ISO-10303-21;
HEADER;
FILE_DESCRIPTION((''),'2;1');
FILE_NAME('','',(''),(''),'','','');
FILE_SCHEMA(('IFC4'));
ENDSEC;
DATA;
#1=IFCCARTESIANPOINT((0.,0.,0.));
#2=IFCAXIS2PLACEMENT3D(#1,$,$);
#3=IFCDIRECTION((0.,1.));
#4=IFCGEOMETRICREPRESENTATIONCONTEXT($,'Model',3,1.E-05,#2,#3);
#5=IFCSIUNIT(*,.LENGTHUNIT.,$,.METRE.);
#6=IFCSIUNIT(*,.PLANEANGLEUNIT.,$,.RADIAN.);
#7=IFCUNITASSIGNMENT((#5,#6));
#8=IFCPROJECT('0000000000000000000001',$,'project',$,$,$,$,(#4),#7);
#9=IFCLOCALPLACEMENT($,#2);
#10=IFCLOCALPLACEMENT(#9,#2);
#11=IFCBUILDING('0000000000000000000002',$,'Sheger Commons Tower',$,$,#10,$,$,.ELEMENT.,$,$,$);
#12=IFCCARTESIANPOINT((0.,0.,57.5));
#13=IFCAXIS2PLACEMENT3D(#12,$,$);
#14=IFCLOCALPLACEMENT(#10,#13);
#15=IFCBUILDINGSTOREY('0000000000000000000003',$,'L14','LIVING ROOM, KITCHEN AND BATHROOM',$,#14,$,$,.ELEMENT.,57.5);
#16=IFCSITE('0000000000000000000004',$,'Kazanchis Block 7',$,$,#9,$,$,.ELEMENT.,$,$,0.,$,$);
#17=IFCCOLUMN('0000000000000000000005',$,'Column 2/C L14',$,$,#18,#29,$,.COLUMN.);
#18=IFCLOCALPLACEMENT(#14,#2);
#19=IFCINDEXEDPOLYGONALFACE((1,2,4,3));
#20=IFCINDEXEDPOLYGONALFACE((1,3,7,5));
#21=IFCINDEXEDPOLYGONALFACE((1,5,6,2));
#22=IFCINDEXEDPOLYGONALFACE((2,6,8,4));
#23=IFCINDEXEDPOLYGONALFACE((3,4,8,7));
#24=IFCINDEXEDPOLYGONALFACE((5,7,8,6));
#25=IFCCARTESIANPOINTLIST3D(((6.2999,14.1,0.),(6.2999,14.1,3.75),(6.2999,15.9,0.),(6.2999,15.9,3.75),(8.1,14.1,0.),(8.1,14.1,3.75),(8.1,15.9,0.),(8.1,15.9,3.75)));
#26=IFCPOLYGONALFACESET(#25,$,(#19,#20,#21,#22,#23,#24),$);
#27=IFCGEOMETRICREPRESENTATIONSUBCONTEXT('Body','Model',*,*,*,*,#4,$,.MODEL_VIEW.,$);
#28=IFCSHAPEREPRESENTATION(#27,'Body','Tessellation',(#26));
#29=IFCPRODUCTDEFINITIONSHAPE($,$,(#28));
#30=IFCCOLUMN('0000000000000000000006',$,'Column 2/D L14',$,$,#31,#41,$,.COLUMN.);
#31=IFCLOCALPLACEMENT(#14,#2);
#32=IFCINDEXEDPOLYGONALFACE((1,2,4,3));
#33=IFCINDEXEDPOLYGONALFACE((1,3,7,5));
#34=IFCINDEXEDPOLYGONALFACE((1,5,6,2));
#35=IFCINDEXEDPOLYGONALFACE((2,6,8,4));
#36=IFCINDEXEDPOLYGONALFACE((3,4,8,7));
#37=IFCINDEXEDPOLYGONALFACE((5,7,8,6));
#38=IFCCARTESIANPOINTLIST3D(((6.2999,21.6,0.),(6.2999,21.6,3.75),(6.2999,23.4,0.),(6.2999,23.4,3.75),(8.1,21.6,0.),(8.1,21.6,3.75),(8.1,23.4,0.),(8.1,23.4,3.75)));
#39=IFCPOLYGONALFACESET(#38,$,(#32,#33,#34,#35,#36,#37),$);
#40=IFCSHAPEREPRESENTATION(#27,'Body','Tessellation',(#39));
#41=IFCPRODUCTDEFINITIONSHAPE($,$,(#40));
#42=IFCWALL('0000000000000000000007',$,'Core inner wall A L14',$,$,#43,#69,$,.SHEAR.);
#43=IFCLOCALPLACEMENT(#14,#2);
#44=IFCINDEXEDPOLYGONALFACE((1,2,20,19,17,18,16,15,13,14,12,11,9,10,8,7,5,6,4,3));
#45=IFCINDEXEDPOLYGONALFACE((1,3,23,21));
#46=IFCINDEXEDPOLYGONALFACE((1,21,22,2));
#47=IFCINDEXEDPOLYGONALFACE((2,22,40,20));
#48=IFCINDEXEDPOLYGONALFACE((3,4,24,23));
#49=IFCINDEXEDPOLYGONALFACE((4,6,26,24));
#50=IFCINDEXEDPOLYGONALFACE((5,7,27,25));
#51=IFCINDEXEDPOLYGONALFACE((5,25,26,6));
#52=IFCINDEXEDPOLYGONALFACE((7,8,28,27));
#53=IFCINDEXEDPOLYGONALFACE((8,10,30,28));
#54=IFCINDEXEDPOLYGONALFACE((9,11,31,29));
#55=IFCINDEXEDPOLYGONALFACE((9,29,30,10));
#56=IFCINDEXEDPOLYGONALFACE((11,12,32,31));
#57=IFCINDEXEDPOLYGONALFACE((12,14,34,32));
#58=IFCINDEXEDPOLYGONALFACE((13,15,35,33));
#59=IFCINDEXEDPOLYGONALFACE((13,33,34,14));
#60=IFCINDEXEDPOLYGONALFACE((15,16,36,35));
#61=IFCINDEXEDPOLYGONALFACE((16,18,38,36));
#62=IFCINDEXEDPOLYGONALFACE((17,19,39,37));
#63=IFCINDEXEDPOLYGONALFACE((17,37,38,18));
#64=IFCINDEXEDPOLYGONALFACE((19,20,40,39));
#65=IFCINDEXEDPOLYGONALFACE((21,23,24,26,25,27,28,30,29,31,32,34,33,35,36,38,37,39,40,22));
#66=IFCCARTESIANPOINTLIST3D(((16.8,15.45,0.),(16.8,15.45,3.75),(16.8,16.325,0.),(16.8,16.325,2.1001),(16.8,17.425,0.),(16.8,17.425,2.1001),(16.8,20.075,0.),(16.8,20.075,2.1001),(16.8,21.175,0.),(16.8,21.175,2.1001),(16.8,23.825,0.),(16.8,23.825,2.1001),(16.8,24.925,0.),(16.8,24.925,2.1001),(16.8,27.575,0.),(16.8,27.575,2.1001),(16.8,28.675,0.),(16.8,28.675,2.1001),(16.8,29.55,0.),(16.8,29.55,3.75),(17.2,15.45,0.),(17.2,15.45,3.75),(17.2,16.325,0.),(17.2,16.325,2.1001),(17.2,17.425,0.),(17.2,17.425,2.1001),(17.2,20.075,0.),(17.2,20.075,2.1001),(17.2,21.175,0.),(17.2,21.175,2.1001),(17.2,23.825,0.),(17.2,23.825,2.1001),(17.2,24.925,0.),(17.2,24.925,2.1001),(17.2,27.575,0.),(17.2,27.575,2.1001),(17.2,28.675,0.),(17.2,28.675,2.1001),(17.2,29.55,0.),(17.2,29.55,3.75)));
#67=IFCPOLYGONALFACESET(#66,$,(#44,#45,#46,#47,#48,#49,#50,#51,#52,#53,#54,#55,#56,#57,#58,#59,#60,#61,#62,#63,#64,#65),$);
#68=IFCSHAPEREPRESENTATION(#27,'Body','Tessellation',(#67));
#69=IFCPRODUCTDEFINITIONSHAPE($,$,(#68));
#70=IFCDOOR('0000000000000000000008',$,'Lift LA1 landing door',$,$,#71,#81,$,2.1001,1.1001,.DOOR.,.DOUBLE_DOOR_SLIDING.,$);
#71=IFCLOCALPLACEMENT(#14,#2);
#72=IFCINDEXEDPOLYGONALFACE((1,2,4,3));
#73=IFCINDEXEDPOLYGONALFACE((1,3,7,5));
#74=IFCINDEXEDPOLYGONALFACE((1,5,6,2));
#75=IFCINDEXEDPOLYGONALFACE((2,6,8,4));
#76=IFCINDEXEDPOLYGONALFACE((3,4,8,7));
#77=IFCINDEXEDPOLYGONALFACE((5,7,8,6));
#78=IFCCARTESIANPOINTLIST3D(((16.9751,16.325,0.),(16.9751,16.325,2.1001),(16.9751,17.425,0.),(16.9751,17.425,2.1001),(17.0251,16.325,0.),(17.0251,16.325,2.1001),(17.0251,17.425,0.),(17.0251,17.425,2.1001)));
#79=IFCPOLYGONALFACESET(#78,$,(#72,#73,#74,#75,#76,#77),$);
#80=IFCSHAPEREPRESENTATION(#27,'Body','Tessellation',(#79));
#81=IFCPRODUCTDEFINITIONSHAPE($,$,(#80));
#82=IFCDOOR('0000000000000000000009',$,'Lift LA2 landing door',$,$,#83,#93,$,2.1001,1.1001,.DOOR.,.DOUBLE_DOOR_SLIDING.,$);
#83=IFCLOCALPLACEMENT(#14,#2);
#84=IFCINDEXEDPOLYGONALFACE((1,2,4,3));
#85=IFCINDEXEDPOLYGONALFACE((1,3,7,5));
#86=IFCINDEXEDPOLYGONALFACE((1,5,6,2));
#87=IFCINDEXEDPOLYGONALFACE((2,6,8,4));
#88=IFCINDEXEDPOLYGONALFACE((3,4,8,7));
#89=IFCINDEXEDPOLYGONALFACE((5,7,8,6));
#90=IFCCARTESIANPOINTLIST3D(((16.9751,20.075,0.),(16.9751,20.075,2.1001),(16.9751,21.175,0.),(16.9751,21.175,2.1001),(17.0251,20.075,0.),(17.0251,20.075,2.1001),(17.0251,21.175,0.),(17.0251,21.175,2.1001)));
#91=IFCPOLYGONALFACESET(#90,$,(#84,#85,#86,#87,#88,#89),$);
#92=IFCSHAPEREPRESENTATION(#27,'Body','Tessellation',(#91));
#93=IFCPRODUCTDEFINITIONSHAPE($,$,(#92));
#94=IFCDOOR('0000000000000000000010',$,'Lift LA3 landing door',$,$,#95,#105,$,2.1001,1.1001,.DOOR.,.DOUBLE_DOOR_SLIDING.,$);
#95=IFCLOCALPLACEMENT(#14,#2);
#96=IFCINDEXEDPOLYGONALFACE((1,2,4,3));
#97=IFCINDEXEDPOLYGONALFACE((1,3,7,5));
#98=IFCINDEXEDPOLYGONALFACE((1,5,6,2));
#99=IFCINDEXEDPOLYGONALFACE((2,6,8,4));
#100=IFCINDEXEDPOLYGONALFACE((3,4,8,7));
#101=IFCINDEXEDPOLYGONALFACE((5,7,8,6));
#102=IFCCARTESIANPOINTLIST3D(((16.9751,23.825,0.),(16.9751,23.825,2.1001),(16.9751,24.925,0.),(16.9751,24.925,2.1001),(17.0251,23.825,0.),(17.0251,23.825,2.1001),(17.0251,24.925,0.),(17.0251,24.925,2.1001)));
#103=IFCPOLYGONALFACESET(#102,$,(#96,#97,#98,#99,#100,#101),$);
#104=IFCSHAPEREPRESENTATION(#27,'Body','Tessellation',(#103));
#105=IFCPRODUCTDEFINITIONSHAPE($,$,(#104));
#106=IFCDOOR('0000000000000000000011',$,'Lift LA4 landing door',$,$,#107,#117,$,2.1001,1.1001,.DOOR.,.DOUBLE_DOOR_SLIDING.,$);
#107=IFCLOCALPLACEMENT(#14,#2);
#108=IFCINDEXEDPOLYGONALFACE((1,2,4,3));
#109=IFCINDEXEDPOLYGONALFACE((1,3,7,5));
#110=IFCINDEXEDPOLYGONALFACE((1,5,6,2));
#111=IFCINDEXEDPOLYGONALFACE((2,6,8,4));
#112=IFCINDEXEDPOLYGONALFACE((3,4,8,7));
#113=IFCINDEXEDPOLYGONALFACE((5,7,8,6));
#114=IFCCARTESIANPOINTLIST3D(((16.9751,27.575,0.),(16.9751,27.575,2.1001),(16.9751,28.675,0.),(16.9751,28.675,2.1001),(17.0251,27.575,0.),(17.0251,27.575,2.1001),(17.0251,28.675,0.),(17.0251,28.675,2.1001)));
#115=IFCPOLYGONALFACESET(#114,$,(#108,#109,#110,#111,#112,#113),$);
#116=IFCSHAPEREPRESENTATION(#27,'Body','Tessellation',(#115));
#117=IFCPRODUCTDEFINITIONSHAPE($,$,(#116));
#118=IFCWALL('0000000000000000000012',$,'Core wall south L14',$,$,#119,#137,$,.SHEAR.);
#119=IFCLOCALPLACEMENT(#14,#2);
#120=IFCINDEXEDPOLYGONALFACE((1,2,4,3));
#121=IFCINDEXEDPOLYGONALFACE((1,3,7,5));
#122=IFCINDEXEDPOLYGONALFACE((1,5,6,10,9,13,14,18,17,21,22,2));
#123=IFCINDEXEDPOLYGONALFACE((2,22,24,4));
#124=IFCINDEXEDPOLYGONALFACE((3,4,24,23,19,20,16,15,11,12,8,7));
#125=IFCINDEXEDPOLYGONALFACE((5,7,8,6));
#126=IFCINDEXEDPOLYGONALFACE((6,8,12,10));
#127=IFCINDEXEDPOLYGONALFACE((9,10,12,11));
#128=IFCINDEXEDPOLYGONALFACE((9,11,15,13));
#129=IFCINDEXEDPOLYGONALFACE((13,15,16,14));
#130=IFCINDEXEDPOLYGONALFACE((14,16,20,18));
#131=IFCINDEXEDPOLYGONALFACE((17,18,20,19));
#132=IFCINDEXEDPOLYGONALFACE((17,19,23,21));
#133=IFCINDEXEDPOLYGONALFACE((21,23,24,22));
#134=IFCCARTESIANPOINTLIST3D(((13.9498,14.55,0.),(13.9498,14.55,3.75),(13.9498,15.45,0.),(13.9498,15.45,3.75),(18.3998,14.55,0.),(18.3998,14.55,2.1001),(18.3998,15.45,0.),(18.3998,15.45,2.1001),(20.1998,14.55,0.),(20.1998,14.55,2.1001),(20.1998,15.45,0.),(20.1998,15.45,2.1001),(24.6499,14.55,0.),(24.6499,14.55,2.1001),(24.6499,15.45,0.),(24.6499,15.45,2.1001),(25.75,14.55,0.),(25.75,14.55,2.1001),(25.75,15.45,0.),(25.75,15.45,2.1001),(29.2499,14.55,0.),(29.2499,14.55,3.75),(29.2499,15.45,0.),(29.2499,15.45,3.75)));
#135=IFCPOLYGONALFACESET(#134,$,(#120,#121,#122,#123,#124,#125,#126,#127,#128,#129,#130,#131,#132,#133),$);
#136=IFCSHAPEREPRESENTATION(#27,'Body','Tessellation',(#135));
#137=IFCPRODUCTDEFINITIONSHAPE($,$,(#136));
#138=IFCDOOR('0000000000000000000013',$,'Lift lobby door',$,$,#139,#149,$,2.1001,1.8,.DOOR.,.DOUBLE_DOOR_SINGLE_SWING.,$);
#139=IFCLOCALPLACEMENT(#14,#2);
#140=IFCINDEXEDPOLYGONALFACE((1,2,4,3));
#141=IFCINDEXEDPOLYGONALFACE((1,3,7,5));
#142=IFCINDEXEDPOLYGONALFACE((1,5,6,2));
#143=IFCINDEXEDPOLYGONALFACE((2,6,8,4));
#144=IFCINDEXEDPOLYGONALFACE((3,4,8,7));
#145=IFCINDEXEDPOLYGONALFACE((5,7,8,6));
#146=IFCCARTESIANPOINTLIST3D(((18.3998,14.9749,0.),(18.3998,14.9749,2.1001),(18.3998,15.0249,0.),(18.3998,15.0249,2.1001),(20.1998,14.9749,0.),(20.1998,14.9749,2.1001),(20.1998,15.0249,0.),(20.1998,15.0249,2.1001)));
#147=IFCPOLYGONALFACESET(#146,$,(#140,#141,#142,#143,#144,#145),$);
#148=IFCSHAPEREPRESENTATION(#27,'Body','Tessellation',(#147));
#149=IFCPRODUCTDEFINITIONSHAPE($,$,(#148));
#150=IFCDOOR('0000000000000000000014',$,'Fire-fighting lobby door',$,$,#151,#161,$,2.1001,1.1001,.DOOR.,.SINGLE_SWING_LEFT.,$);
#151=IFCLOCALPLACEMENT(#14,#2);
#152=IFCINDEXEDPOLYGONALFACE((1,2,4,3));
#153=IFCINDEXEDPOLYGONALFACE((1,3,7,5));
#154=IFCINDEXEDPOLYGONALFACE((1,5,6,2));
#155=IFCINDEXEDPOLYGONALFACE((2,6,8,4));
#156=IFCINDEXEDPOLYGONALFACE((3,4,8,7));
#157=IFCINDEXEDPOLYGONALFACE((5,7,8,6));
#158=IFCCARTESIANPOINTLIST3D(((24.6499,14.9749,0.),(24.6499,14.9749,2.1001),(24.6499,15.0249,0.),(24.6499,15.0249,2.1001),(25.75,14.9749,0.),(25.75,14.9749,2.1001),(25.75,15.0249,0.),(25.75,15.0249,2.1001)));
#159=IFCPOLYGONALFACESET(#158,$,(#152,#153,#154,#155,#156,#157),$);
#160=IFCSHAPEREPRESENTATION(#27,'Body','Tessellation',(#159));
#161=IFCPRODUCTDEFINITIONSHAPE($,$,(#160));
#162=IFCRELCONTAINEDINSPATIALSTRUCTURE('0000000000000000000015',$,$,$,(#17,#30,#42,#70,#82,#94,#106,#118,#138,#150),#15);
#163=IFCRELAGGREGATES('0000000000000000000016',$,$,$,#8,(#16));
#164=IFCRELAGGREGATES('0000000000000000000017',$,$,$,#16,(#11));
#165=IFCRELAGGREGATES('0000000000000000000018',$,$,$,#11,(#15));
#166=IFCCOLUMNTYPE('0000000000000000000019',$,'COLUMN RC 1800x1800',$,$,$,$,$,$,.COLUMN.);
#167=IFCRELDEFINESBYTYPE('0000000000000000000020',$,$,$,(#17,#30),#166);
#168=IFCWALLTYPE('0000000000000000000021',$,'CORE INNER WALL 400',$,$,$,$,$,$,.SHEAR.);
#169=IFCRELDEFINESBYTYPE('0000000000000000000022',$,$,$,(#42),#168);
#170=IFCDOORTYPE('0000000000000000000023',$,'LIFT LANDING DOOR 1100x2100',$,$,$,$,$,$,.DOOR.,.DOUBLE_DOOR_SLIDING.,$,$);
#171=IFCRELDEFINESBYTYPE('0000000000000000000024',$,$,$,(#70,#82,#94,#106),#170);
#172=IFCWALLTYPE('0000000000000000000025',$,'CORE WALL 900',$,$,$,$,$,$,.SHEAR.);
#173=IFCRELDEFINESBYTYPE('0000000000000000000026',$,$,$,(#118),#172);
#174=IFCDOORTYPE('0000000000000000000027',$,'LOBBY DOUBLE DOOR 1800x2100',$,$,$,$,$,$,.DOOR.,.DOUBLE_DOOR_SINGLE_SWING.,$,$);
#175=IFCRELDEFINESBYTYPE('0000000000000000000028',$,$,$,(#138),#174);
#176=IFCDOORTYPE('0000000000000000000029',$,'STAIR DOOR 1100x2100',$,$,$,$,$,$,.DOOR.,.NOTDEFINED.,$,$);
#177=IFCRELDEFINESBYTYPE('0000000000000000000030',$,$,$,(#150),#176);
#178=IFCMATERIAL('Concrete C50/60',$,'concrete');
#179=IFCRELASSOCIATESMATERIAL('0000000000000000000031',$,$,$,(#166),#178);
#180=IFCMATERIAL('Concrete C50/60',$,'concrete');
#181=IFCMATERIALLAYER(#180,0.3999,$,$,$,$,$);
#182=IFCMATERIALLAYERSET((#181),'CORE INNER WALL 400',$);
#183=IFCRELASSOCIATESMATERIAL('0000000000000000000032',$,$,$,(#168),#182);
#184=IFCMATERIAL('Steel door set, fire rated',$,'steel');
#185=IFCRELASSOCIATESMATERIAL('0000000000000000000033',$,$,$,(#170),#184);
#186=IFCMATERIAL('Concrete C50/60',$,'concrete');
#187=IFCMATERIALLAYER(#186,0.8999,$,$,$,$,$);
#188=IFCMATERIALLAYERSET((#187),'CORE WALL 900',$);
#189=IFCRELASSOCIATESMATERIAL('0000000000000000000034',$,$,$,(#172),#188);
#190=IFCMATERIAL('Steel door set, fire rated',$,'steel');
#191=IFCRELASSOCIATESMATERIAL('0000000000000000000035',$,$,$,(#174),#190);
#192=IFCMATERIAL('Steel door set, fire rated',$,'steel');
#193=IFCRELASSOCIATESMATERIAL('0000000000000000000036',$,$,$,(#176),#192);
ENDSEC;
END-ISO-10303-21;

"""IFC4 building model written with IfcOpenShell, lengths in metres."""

from ifc_helpers import new_model, si_unit, direction, frame, frame_2d, origin, origin_2d, place, context, subcontext, project, spatial, rectangle, extrude, material, layer, layer_set, material_profile, profile_set, type_object, element, fill, save


model = new_model("IFC4")

# Units and contexts
model_context = context("Model", 3, precision=1e-05, world=origin(), true_north=direction((0.0, 1.0)))
body_context = subcontext(model_context, "Body", "Model", "MODEL_VIEW")
ifc_project = project(units=[si_unit("LENGTHUNIT", "METRE"), si_unit("PLANEANGLEUNIT", "RADIAN")], contexts=[model_context])

# Site, building, storey
site_placement = place(None, origin())
site = spatial("IfcSite", under=ifc_project, at=site_placement, Name="Kazanchis Block 7", CompositionType="ELEMENT", RefElevation=0.0)
building_placement = place(site_placement, origin())
building = spatial("IfcBuilding", under=site, at=building_placement, Name="Sheger Commons Tower", CompositionType="ELEMENT")
storey_placement = place(building_placement, frame((0.0, 0.0, 57.5)))
storey = spatial("IfcBuildingStorey", under=building, at=storey_placement, Name="L14", Description="LIVING ROOM, KITCHEN AND BATHROOM", CompositionType="ELEMENT", Elevation=57.5)

# Columns
ifc_material_1 = material(Name="Concrete C50/60", Category="concrete")
ifc_material_profile = material_profile(ifc_material_1, rectangle(XDim=1.8, YDim=1.8, at=origin_2d()), Name="RC 1800x1800")
ifc_profile_set = profile_set([ifc_material_profile], Name="Concrete C50/60")
column_type = type_object("IfcColumnType", Name="COLUMN RC 1800x1800", PredefinedType="COLUMN", material=ifc_profile_set)
for number, where, z_axis, x_axis, name in (
    (1, (7.2, 15.0, 0.0), (0.0, 0.0, 1.0), (1.0, 0.0, 0.0), "Column 2/C L14"),
    (2, (7.2, 22.5, 0.0), (0.0, 0.0, 1.0), (1.0, 0.0, 0.0), "Column 2/D L14"),
):
    element("IfcColumn", number, at=place(storey_placement, frame(where, z_axis=z_axis, x_axis=x_axis)), inside=storey, type_object=column_type, Name=name, PredefinedType="COLUMN", context=body_context, shape_type="SweptSolid", body=[
        extrude(rectangle(XDim=1.8, YDim=1.8, at=origin_2d()), origin(), (0.0, 0.0, 1.0), 3.75),
    ])

# Walls, openings, doors
ifc_material_2 = material(Name="Concrete C50/60", Category="concrete")
ifc_layer_1 = layer(ifc_material_2, 0.3999)
ifc_layer_set_1 = layer_set([ifc_layer_1], Name="CORE INNER WALL 400")
wall_type_1 = type_object("IfcWallType", Name="CORE INNER WALL 400", PredefinedType="SHEAR", material=ifc_layer_set_1)
wall_1_placement = place(storey_placement, frame((17.0, 15.45, 0.0), z_axis=(0.0, 0.0, 1.0), x_axis=(0.0, 1.0, 0.0)))
wall_1 = element("IfcWall", 3, at=wall_1_placement, inside=storey, type_object=wall_type_1, Name="Core inner wall A L14", PredefinedType="SHEAR", context=body_context, shape_type="SweptSolid", body=[
    extrude(rectangle(XDim=14.1001, YDim=0.3999, at=frame_2d((7.05, 0.0))), origin(), (0.0, 0.0, 1.0), 3.75),
])
opening_1_placement = place(wall_1_placement, frame((0.875, 0.0, 0.0)))
opening_1 = element("IfcOpeningElement", 4, at=opening_1_placement, cuts=wall_1, PredefinedType="OPENING", context=body_context, shape_type="SweptSolid", body=[
    extrude(rectangle(XDim=1.1001, YDim=2.1001, at=frame_2d((0.55, 1.05))), frame((0.0, 0.21, 0.0), z_axis=(0.0, -1.0, 0.0), x_axis=(1.0, 0.0, 0.0)), (0.0, 0.0, 1.0), 0.4199),
])
opening_2_placement = place(wall_1_placement, frame((4.625, 0.0, 0.0)))
opening_2 = element("IfcOpeningElement", 5, at=opening_2_placement, cuts=wall_1, PredefinedType="OPENING", context=body_context, shape_type="SweptSolid", body=[
    extrude(rectangle(XDim=1.1001, YDim=2.1001, at=frame_2d((0.55, 1.05))), frame((0.0, 0.21, 0.0), z_axis=(0.0, -1.0, 0.0), x_axis=(1.0, 0.0, 0.0)), (0.0, 0.0, 1.0), 0.4199),
])
opening_3_placement = place(wall_1_placement, frame((8.375, 0.0, 0.0)))
opening_3 = element("IfcOpeningElement", 6, at=opening_3_placement, cuts=wall_1, PredefinedType="OPENING", context=body_context, shape_type="SweptSolid", body=[
    extrude(rectangle(XDim=1.1001, YDim=2.1001, at=frame_2d((0.55, 1.05))), frame((0.0, 0.21, 0.0), z_axis=(0.0, -1.0, 0.0), x_axis=(1.0, 0.0, 0.0)), (0.0, 0.0, 1.0), 0.4199),
])
opening_4_placement = place(wall_1_placement, frame((12.125, 0.0, 0.0)))
opening_4 = element("IfcOpeningElement", 7, at=opening_4_placement, cuts=wall_1, PredefinedType="OPENING", context=body_context, shape_type="SweptSolid", body=[
    extrude(rectangle(XDim=1.1001, YDim=2.1001, at=frame_2d((0.55, 1.05))), frame((0.0, 0.21, 0.0), z_axis=(0.0, -1.0, 0.0), x_axis=(1.0, 0.0, 0.0)), (0.0, 0.0, 1.0), 0.4199),
])
ifc_material_3 = material(Name="Steel door set, fire rated", Category="steel")
door_type_1 = type_object("IfcDoorType", Name="LIFT LANDING DOOR 1100x2100", OperationType="DOUBLE_DOOR_SLIDING", PredefinedType="DOOR", material=ifc_material_3)
door_1_placement = place(opening_1_placement, origin())
door_1 = element("IfcDoor", 8, at=door_1_placement, inside=storey, type_object=door_type_1, Name="Lift LA1 landing door", OperationType="DOUBLE_DOOR_SLIDING", OverallHeight=2.1001, OverallWidth=1.1001, PredefinedType="DOOR", context=body_context, shape_type="SweptSolid", body=[
    extrude(rectangle(XDim=1.1001, YDim=2.1001, at=frame_2d((0.55, 1.05))), frame((0.0, 0.0249, 0.0), z_axis=(0.0, -1.0, 0.0), x_axis=(1.0, 0.0, 0.0)), (0.0, 0.0, 1.0), 0.05),
])
fill(opening_1, door_1)
door_2_placement = place(opening_2_placement, origin())
door_2 = element("IfcDoor", 9, at=door_2_placement, inside=storey, type_object=door_type_1, Name="Lift LA2 landing door", OperationType="DOUBLE_DOOR_SLIDING", OverallHeight=2.1001, OverallWidth=1.1001, PredefinedType="DOOR", context=body_context, shape_type="SweptSolid", body=[
    extrude(rectangle(XDim=1.1001, YDim=2.1001, at=frame_2d((0.55, 1.05))), frame((0.0, 0.0249, 0.0), z_axis=(0.0, -1.0, 0.0), x_axis=(1.0, 0.0, 0.0)), (0.0, 0.0, 1.0), 0.05),
])
fill(opening_2, door_2)
door_3_placement = place(opening_3_placement, origin())
door_3 = element("IfcDoor", 10, at=door_3_placement, inside=storey, type_object=door_type_1, Name="Lift LA3 landing door", OperationType="DOUBLE_DOOR_SLIDING", OverallHeight=2.1001, OverallWidth=1.1001, PredefinedType="DOOR", context=body_context, shape_type="SweptSolid", body=[
    extrude(rectangle(XDim=1.1001, YDim=2.1001, at=frame_2d((0.55, 1.05))), frame((0.0, 0.0249, 0.0), z_axis=(0.0, -1.0, 0.0), x_axis=(1.0, 0.0, 0.0)), (0.0, 0.0, 1.0), 0.05),
])
fill(opening_3, door_3)
door_4_placement = place(opening_4_placement, origin())
door_4 = element("IfcDoor", 11, at=door_4_placement, inside=storey, type_object=door_type_1, Name="Lift LA4 landing door", OperationType="DOUBLE_DOOR_SLIDING", OverallHeight=2.1001, OverallWidth=1.1001, PredefinedType="DOOR", context=body_context, shape_type="SweptSolid", body=[
    extrude(rectangle(XDim=1.1001, YDim=2.1001, at=frame_2d((0.55, 1.05))), frame((0.0, 0.0249, 0.0), z_axis=(0.0, -1.0, 0.0), x_axis=(1.0, 0.0, 0.0)), (0.0, 0.0, 1.0), 0.05),
])
fill(opening_4, door_4)
ifc_material_4 = material(Name="Concrete C50/60", Category="concrete")
ifc_layer_2 = layer(ifc_material_4, 0.8999)
ifc_layer_set_2 = layer_set([ifc_layer_2], Name="CORE WALL 900")
wall_type_2 = type_object("IfcWallType", Name="CORE WALL 900", PredefinedType="SHEAR", material=ifc_layer_set_2)
wall_2_placement = place(storey_placement, frame((13.95, 15.0, 0.0), z_axis=(0.0, 0.0, 1.0), x_axis=(1.0, 0.0, 0.0)))
wall_2 = element("IfcWall", 12, at=wall_2_placement, inside=storey, type_object=wall_type_2, Name="Core wall south L14", PredefinedType="SHEAR", context=body_context, shape_type="SweptSolid", body=[
    extrude(rectangle(XDim=15.3, YDim=0.8999, at=frame_2d((7.6499, 0.0))), origin(), (0.0, 0.0, 1.0), 3.75),
])
opening_5_placement = place(wall_2_placement, frame((4.45, 0.0, 0.0)))
opening_5 = element("IfcOpeningElement", 13, at=opening_5_placement, cuts=wall_2, PredefinedType="OPENING", context=body_context, shape_type="SweptSolid", body=[
    extrude(rectangle(XDim=1.8, YDim=2.1001, at=frame_2d((0.8999, 1.05))), frame((0.0, 0.46, 0.0), z_axis=(0.0, -1.0, 0.0), x_axis=(1.0, 0.0, 0.0)), (0.0, 0.0, 1.0), 0.9199),
])
opening_6_placement = place(wall_2_placement, frame((10.7, 0.0, 0.0)))
opening_6 = element("IfcOpeningElement", 14, at=opening_6_placement, cuts=wall_2, PredefinedType="OPENING", context=body_context, shape_type="SweptSolid", body=[
    extrude(rectangle(XDim=1.1001, YDim=2.1001, at=frame_2d((0.55, 1.05))), frame((0.0, 0.46, 0.0), z_axis=(0.0, -1.0, 0.0), x_axis=(1.0, 0.0, 0.0)), (0.0, 0.0, 1.0), 0.9199),
])
ifc_material_5 = material(Name="Steel door set, fire rated", Category="steel")
door_type_2 = type_object("IfcDoorType", Name="LOBBY DOUBLE DOOR 1800x2100", OperationType="DOUBLE_DOOR_SINGLE_SWING", PredefinedType="DOOR", material=ifc_material_5)
door_5_placement = place(opening_5_placement, origin())
door_5 = element("IfcDoor", 15, at=door_5_placement, inside=storey, type_object=door_type_2, Name="Lift lobby door", OperationType="DOUBLE_DOOR_SINGLE_SWING", OverallHeight=2.1001, OverallWidth=1.8, PredefinedType="DOOR", context=body_context, shape_type="SweptSolid", body=[
    extrude(rectangle(XDim=1.8, YDim=2.1001, at=frame_2d((0.8999, 1.05))), frame((0.0, 0.0249, 0.0), z_axis=(0.0, -1.0, 0.0), x_axis=(1.0, 0.0, 0.0)), (0.0, 0.0, 1.0), 0.05),
])
fill(opening_5, door_5)
ifc_material_6 = material(Name="Steel door set, fire rated", Category="steel")
door_type_3 = type_object("IfcDoorType", Name="STAIR DOOR 1100x2100", OperationType="NOTDEFINED", PredefinedType="DOOR", material=ifc_material_6)
door_6_placement = place(opening_6_placement, origin())
door_6 = element("IfcDoor", 16, at=door_6_placement, inside=storey, type_object=door_type_3, Name="Fire-fighting lobby door", OperationType="SINGLE_SWING_LEFT", OverallHeight=2.1001, OverallWidth=1.1001, PredefinedType="DOOR", context=body_context, shape_type="SweptSolid", body=[
    extrude(rectangle(XDim=1.1001, YDim=2.1001, at=frame_2d((0.55, 1.05))), frame((0.0, 0.0249, 0.0), z_axis=(0.0, -1.0, 0.0), x_axis=(1.0, 0.0, 0.0)), (0.0, 0.0, 1.0), 0.05),
])
fill(opening_6, door_6)

save(model, "model.ifc")
